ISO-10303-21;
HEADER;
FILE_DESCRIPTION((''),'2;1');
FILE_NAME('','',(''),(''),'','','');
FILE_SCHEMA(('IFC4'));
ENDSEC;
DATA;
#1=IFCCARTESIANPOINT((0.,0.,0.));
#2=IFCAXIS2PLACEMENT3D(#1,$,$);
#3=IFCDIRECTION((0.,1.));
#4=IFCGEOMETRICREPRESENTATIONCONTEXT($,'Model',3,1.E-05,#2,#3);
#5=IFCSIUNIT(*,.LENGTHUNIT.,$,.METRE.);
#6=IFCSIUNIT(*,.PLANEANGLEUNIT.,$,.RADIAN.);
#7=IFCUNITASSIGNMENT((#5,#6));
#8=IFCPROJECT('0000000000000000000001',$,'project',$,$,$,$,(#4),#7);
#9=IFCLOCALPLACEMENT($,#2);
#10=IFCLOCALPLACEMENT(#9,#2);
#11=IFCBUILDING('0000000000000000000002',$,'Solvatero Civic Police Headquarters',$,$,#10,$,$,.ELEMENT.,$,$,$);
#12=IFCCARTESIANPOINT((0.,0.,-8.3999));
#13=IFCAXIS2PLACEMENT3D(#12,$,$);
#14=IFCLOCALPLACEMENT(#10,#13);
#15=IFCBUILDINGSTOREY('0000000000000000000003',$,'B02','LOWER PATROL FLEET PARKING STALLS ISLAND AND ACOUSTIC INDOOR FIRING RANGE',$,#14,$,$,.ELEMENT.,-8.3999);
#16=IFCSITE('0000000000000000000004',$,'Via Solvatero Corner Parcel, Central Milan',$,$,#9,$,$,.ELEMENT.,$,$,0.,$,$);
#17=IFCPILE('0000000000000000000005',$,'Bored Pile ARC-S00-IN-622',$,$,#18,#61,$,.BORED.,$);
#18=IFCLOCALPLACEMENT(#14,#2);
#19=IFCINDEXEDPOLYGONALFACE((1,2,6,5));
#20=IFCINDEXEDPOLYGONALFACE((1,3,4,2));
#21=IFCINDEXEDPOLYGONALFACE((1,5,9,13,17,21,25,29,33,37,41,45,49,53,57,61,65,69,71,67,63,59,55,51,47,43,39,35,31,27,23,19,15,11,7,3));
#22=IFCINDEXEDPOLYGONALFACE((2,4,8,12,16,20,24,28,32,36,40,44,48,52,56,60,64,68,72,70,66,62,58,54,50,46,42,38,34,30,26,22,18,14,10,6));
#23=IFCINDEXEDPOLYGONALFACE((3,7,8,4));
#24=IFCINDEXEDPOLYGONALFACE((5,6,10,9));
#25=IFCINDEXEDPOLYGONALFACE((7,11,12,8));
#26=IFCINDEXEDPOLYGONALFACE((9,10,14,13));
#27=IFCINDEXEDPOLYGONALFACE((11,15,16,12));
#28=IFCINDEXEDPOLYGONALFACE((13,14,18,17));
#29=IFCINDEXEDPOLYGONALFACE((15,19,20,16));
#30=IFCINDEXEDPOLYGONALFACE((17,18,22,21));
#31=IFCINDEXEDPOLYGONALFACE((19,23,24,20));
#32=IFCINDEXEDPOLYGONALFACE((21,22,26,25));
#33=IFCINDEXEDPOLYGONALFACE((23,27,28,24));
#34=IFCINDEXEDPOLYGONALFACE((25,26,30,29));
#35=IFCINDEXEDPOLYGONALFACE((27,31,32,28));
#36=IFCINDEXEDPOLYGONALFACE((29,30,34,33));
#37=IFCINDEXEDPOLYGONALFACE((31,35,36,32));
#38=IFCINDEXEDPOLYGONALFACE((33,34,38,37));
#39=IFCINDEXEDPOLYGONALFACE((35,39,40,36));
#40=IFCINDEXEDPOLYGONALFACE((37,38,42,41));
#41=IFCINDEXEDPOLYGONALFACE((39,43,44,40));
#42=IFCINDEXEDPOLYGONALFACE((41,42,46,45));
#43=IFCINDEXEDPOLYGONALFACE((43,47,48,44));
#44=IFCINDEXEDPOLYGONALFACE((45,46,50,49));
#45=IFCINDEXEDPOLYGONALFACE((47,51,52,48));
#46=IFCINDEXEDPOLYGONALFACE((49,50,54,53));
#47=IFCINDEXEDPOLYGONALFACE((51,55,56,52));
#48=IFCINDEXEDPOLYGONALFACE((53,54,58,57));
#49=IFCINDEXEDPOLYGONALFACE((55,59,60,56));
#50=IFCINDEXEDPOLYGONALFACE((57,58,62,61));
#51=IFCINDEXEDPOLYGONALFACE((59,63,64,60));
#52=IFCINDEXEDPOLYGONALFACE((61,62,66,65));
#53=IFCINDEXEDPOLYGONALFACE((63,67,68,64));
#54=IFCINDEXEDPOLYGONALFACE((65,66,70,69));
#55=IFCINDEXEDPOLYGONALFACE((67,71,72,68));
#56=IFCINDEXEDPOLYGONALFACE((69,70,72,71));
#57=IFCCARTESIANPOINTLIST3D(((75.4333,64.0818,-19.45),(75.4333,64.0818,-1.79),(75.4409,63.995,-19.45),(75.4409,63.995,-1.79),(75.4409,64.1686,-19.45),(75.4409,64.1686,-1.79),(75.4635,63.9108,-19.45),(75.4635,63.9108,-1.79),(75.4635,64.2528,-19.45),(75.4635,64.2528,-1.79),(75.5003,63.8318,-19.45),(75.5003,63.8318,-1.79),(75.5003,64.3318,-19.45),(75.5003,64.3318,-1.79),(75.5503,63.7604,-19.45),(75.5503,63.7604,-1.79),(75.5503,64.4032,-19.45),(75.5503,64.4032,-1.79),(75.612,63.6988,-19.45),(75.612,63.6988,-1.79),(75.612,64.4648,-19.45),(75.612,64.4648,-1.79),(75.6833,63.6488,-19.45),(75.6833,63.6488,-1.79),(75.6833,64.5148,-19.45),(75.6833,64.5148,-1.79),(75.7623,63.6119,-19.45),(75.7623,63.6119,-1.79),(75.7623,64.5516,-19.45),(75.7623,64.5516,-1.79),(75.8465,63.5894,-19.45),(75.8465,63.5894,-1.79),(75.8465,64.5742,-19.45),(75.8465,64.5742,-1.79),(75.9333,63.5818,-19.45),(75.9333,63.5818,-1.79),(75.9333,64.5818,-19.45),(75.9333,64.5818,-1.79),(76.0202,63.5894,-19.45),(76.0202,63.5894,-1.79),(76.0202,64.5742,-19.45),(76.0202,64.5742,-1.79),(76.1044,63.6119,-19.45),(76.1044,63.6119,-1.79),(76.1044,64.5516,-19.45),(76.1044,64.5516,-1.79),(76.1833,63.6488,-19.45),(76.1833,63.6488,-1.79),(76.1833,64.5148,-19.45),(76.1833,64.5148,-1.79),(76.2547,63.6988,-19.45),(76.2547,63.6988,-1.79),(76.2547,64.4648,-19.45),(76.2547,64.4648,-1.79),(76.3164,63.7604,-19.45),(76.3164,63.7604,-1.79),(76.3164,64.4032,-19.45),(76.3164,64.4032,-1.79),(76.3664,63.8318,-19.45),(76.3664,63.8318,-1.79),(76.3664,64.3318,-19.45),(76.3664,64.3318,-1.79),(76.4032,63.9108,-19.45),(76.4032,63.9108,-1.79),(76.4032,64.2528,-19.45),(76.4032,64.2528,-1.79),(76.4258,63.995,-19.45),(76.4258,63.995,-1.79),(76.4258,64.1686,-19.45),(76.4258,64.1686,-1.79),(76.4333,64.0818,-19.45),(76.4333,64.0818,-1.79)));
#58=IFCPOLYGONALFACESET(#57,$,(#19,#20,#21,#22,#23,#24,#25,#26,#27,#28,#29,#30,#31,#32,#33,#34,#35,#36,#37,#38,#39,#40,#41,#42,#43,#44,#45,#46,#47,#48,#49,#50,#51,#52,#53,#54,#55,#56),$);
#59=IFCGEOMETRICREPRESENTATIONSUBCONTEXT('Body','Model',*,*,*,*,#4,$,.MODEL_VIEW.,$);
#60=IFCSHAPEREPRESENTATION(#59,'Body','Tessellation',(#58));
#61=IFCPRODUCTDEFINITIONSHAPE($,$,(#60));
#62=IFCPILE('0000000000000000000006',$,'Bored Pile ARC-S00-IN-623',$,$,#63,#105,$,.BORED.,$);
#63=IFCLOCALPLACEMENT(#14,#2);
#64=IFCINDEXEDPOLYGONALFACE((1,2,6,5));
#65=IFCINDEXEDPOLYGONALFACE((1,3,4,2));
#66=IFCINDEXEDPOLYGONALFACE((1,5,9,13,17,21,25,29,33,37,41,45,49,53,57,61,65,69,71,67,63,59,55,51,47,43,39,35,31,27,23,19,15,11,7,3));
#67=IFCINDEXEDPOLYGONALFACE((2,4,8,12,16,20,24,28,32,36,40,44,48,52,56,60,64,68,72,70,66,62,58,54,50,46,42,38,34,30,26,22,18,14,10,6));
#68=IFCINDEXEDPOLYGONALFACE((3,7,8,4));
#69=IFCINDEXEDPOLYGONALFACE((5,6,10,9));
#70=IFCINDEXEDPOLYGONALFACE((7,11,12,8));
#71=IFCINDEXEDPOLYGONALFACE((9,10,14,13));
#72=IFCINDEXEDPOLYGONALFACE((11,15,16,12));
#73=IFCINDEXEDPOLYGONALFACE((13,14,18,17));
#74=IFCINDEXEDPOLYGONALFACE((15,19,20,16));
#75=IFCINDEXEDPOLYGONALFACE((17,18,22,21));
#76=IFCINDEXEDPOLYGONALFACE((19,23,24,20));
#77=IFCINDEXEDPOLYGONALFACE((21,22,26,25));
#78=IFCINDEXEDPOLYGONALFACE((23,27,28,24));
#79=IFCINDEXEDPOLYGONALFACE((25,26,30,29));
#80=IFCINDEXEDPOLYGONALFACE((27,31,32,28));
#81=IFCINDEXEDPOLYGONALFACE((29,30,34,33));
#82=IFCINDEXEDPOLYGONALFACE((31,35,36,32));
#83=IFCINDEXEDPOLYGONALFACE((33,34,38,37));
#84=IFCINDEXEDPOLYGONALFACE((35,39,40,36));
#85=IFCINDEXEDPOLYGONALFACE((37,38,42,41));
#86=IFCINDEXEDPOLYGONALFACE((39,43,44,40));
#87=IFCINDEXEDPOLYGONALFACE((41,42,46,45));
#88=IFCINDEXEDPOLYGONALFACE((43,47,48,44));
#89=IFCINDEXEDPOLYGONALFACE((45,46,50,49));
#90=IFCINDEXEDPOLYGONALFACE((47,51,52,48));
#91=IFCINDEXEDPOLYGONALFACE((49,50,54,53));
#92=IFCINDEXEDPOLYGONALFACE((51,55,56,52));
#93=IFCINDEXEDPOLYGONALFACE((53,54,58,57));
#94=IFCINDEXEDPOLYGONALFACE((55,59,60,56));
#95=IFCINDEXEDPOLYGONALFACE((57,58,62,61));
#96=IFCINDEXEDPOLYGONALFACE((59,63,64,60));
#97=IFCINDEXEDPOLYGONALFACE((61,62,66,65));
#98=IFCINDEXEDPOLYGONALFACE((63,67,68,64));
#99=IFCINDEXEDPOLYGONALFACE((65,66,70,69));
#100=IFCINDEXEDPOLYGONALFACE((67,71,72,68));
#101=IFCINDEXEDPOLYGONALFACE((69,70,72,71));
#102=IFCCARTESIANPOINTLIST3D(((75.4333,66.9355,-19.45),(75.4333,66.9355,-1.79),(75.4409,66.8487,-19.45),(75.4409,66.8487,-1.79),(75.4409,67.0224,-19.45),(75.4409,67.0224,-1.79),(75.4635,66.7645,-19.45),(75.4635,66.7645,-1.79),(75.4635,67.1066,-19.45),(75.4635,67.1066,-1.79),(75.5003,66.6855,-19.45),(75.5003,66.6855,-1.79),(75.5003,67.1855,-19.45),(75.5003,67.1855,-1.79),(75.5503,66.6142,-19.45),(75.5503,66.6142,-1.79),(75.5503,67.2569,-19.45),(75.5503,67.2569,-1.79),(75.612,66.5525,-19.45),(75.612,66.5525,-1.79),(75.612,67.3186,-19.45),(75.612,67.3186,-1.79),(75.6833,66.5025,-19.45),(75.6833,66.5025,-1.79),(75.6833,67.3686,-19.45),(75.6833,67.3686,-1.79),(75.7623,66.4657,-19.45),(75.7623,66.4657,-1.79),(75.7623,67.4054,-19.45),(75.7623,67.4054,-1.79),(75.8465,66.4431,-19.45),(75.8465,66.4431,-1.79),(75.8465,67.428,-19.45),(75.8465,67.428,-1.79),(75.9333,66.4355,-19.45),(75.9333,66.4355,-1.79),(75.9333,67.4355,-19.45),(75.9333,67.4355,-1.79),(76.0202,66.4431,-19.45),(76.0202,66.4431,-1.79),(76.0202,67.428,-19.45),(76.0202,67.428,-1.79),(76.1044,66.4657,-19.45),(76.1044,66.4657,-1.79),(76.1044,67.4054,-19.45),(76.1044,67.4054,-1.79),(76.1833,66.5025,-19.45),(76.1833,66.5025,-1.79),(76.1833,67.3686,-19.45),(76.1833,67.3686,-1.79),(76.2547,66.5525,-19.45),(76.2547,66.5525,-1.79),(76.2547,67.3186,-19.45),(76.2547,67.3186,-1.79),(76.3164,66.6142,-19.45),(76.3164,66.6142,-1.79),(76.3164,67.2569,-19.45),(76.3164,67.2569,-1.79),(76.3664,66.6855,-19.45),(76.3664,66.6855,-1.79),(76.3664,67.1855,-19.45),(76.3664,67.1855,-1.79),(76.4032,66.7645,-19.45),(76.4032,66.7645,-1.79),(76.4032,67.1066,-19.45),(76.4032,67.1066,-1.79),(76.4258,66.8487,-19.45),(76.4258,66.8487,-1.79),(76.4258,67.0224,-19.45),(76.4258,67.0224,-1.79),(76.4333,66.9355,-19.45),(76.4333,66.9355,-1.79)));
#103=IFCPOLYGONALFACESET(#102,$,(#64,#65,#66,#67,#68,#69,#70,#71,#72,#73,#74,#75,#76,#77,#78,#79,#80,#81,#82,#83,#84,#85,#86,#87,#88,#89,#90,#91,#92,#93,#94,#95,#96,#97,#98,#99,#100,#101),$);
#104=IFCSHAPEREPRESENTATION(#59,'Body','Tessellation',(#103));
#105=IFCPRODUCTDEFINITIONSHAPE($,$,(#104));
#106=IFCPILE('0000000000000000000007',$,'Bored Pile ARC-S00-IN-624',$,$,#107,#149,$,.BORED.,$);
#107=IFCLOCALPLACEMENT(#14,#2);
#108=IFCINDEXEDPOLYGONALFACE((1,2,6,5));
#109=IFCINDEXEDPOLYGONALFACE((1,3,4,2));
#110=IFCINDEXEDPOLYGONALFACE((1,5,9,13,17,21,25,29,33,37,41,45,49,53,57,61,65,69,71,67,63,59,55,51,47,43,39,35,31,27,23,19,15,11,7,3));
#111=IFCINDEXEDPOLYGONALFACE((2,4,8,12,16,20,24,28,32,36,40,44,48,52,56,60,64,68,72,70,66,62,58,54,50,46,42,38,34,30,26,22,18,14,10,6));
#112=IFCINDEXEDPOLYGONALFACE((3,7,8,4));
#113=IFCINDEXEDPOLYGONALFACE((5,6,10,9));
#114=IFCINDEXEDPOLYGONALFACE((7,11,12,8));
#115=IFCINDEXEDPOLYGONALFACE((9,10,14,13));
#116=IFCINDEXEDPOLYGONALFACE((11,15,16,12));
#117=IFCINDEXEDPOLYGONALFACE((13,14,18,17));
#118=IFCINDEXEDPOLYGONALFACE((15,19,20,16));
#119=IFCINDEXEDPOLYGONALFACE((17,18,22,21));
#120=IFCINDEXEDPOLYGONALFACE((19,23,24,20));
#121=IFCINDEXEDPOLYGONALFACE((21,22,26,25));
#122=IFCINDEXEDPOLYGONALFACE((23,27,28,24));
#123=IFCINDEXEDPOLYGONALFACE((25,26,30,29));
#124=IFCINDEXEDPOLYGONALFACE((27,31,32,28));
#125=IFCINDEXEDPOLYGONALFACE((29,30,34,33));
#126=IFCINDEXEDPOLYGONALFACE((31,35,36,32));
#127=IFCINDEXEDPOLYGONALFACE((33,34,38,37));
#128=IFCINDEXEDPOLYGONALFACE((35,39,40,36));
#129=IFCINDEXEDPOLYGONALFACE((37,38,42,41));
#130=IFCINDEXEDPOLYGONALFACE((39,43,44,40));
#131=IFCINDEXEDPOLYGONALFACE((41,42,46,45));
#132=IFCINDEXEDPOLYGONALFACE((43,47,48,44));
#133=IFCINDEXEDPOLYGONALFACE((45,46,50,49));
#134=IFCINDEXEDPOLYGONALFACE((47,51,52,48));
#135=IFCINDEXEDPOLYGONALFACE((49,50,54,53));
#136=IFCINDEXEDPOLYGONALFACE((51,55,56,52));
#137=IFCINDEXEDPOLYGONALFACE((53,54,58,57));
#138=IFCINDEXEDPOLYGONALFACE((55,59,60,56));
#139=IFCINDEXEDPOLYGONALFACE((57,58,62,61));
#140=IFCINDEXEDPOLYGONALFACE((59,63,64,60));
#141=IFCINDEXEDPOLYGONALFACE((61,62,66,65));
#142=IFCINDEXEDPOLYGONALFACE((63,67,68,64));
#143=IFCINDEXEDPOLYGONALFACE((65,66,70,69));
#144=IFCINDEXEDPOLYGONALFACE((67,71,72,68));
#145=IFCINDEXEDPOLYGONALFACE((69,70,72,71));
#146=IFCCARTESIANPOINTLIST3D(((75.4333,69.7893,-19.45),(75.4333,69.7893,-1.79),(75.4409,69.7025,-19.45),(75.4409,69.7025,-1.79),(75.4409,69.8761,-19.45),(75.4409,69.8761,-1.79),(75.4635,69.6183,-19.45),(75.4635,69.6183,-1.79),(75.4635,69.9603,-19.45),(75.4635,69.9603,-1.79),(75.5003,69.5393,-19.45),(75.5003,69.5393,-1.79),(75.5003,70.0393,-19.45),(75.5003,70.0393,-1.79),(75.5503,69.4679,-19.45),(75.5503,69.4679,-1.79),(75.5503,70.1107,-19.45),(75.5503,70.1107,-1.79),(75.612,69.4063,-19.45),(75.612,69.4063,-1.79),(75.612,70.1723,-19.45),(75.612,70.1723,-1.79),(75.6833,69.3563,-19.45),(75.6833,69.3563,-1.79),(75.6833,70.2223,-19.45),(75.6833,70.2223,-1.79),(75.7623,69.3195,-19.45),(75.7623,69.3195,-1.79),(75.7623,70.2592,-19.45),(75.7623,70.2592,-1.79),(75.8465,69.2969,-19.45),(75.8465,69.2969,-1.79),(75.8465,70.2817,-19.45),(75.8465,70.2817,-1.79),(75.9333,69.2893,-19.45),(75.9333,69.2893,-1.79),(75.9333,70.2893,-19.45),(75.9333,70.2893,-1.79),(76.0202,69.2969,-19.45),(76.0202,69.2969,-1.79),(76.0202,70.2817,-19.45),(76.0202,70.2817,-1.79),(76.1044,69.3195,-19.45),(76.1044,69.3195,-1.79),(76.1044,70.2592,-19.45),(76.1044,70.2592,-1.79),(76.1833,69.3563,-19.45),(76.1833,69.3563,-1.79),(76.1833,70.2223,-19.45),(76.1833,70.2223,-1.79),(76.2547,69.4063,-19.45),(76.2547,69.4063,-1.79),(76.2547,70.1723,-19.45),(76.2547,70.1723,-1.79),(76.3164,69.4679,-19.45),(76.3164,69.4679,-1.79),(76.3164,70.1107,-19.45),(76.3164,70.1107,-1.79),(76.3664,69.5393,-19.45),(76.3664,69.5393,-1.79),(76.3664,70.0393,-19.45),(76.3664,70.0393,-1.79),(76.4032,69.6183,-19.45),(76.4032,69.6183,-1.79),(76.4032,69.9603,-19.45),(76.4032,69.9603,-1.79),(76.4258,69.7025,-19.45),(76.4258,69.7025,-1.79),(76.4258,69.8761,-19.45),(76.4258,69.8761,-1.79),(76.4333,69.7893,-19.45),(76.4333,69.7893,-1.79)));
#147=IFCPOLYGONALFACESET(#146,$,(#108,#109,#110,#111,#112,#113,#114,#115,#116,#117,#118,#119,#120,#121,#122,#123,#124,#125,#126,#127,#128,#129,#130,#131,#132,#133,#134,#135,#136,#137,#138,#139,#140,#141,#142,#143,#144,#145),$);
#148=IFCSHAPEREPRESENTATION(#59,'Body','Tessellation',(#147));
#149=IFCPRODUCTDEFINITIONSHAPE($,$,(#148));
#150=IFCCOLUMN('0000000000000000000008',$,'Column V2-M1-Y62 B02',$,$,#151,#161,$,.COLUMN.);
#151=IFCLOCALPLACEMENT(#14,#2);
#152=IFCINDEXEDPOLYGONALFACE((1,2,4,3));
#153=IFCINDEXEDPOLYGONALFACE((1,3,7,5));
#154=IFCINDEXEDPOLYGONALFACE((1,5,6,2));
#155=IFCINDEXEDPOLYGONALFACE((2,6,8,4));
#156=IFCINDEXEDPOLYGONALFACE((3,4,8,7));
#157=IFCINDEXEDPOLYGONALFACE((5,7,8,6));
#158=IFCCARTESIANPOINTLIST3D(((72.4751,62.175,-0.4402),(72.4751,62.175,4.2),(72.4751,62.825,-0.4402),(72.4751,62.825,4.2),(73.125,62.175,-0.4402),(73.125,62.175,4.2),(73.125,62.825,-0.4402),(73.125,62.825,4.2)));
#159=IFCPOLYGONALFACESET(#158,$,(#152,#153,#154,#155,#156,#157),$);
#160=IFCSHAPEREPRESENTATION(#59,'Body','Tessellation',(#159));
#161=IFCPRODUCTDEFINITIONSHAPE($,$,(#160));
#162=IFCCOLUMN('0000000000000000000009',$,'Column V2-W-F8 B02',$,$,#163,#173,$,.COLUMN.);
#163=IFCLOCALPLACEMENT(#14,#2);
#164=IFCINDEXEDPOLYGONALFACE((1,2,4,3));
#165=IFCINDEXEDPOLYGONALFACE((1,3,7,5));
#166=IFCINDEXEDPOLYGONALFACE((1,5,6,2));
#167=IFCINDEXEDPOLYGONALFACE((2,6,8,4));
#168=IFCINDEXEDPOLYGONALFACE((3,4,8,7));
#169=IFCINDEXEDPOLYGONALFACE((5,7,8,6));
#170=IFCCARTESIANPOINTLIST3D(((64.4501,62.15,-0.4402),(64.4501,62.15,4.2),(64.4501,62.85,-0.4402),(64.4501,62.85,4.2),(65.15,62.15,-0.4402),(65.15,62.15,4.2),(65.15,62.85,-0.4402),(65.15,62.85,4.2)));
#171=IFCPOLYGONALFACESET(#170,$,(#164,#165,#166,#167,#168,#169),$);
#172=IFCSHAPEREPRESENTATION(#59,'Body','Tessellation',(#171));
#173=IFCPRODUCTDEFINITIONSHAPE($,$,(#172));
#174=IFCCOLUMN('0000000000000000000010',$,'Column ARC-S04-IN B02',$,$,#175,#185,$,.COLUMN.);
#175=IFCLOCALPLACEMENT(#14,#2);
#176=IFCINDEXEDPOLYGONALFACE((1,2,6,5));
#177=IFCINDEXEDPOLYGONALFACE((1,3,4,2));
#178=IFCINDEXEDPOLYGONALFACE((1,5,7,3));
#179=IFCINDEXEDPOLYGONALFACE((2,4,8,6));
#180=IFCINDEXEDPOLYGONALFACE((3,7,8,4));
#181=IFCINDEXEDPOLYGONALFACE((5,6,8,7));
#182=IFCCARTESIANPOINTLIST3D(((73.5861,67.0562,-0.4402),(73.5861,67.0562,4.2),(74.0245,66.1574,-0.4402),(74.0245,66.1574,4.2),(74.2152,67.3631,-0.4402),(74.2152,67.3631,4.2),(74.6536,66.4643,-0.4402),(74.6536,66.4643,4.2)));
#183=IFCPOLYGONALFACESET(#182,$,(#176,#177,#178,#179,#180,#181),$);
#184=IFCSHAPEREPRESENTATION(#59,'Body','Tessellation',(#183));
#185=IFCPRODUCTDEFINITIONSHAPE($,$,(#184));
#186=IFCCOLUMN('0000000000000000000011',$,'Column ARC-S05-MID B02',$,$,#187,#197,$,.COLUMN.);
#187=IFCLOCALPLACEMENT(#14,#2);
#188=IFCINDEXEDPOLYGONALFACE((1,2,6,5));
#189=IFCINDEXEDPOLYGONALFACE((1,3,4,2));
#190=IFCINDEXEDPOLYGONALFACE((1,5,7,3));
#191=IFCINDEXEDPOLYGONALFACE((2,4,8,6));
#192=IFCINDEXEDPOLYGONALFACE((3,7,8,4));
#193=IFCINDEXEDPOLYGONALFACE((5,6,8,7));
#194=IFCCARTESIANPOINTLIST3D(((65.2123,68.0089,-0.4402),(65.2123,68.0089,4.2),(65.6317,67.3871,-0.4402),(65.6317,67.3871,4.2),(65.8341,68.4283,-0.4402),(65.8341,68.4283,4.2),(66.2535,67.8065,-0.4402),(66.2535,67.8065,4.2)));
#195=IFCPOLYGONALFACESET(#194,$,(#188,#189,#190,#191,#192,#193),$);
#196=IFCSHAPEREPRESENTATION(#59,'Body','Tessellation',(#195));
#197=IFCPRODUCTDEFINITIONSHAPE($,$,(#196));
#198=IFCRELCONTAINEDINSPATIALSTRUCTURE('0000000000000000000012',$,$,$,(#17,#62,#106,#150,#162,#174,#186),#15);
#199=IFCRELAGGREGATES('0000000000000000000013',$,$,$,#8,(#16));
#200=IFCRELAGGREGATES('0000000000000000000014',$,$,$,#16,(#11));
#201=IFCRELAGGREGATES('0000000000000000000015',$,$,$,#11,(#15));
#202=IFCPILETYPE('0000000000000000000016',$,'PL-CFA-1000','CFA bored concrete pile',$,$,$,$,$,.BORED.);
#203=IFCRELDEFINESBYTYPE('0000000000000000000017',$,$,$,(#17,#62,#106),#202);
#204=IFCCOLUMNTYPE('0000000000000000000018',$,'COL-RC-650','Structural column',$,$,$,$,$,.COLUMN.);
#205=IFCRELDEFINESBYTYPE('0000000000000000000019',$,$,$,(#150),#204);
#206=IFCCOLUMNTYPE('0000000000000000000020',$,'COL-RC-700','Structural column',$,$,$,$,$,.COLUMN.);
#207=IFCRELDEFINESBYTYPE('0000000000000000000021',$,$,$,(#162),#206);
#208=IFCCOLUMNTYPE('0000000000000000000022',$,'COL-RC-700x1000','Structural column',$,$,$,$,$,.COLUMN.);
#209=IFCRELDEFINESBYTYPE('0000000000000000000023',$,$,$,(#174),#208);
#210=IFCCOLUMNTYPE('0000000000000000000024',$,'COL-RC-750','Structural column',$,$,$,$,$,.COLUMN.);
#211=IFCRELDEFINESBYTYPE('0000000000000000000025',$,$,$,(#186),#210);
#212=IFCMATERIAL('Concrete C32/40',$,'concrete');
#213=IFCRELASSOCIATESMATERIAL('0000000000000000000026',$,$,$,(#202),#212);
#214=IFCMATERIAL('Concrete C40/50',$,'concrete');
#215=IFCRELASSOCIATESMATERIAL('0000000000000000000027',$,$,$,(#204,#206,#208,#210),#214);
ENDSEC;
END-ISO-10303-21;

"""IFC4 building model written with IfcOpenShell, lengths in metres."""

from ifc_helpers import new_model, si_unit, direction, frame, origin, origin_2d, place, context, subcontext, project, spatial, rectangle, circle, extrude, material, material_profile, profile_set, type_object, element, save


model = new_model("IFC4")

# Units and contexts
model_context = context("Model", 3, precision=1e-05, world=origin(), true_north=direction((0.0, 1.0)))
body_context = subcontext(model_context, "Body", "Model", "MODEL_VIEW")
ifc_project = project(units=[si_unit("LENGTHUNIT", "METRE"), si_unit("PLANEANGLEUNIT", "RADIAN")], contexts=[model_context])

# Site, building, storey
site_placement = place(None, origin())
site = spatial("IfcSite", under=ifc_project, at=site_placement, Name="Via Solvatero Corner Parcel, Central Milan", CompositionType="ELEMENT", RefElevation=0.0)
building_placement = place(site_placement, origin())
building = spatial("IfcBuilding", under=site, at=building_placement, Name="Solvatero Civic Police Headquarters", CompositionType="ELEMENT")
storey_placement = place(building_placement, frame((0.0, 0.0, -8.3999)))
storey = spatial("IfcBuildingStorey", under=building, at=storey_placement, Name="B02", Description="LOWER PATROL FLEET PARKING STALLS ISLAND AND ACOUSTIC INDOOR FIRING RANGE", CompositionType="ELEMENT", Elevation=-8.3999)

# Piles
ifc_material_1 = material(Name="Concrete C32/40", Category="concrete")
ifc_material_profile_1 = material_profile(ifc_material_1, circle(Radius=0.5, at=origin_2d()), Name="CFA PILE D1000")
ifc_profile_set_1 = profile_set([ifc_material_profile_1], Name="Concrete C32/40")
pile_type = type_object("IfcPileType", Name="PL-CFA-1000", Description="CFA bored concrete pile", PredefinedType="BORED", material=ifc_profile_set_1)
for number, where, z_axis, x_axis, name in (
    (1, (75.9333, 64.0818, -1.79), (0.0, 0.0, -1.0), (1.0, 0.0, 0.0), "Bored Pile ARC-S00-IN-622"),
    (2, (75.9333, 66.9355, -1.79), (0.0, 0.0, -1.0), (1.0, 0.0, 0.0), "Bored Pile ARC-S00-IN-623"),
    (3, (75.9333, 69.7893, -1.79), (0.0, 0.0, -1.0), (1.0, 0.0, 0.0), "Bored Pile ARC-S00-IN-624"),
):
    element("IfcPile", number, at=place(storey_placement, frame(where, z_axis=z_axis, x_axis=x_axis)), inside=storey, type_object=pile_type, Name=name, PredefinedType="BORED", context=body_context, shape_type="SweptSolid", body=[
        extrude(circle(Radius=0.5, at=origin_2d()), origin(), (0.0, 0.0, 1.0), 17.6599),
    ])

# Columns
ifc_material_2 = material(Name="Concrete C40/50", Category="concrete")
ifc_material_profile_2 = material_profile(ifc_material_2, rectangle(XDim=0.6499, YDim=0.6499, at=origin_2d()), Name="RC 650x650")
ifc_profile_set_2 = profile_set([ifc_material_profile_2], Name="Concrete C40/50")
column_type_1 = type_object("IfcColumnType", Name="COL-RC-650", Description="Structural column", PredefinedType="COLUMN", material=ifc_profile_set_2)
column_1_placement = place(storey_placement, frame((72.8, 62.5, -0.4402), z_axis=(0.0, 0.0, 1.0), x_axis=(1.0, 0.0, 0.0)))
element("IfcColumn", 4, at=column_1_placement, inside=storey, type_object=column_type_1, Name="Column V2-M1-Y62 B02", PredefinedType="COLUMN", context=body_context, shape_type="SweptSolid", body=[
    extrude(rectangle(XDim=0.6499, YDim=0.6499, at=origin_2d()), origin(), (0.0, 0.0, 1.0), 4.6401),
])
ifc_material_profile_3 = material_profile(ifc_material_2, rectangle(XDim=0.7, YDim=0.7, at=origin_2d()), Name="RC 700x700")
ifc_profile_set_3 = profile_set([ifc_material_profile_3], Name="Concrete C40/50")
column_type_2 = type_object("IfcColumnType", Name="COL-RC-700", Description="Structural column", PredefinedType="COLUMN", material=ifc_profile_set_3)
column_2_placement = place(storey_placement, frame((64.8, 62.5, -0.4402), z_axis=(0.0, 0.0, 1.0), x_axis=(1.0, 0.0, 0.0)))
element("IfcColumn", 5, at=column_2_placement, inside=storey, type_object=column_type_2, Name="Column V2-W-F8 B02", PredefinedType="COLUMN", context=body_context, shape_type="SweptSolid", body=[
    extrude(rectangle(XDim=0.7, YDim=0.7, at=origin_2d()), origin(), (0.0, 0.0, 1.0), 4.6401),
])
ifc_material_profile_4 = material_profile(ifc_material_2, rectangle(XDim=0.7, YDim=1.0, at=origin_2d()), Name="RC 700x1000")
ifc_profile_set_4 = profile_set([ifc_material_profile_4], Name="Concrete C40/50")
column_type_3 = type_object("IfcColumnType", Name="COL-RC-700x1000", Description="Structural column", PredefinedType="COLUMN", material=ifc_profile_set_4)
column_3_placement = place(storey_placement, frame((74.1199, 66.7603, -0.4402), z_axis=(0.0, 0.0, 1.0), x_axis=(0.898794, 0.438371, 0.0)))
element("IfcColumn", 6, at=column_3_placement, inside=storey, type_object=column_type_3, Name="Column ARC-S04-IN B02", PredefinedType="COLUMN", context=body_context, shape_type="SweptSolid", body=[
    extrude(rectangle(XDim=0.7, YDim=1.0, at=origin_2d()), origin(), (0.0, 0.0, 1.0), 4.6401),
])
ifc_material_profile_5 = material_profile(ifc_material_2, rectangle(XDim=0.75, YDim=0.75, at=origin_2d()), Name="RC 750x750")
ifc_profile_set_5 = profile_set([ifc_material_profile_5], Name="Concrete C40/50")
column_type_4 = type_object("IfcColumnType", Name="COL-RC-750", Description="Structural column", PredefinedType="COLUMN", material=ifc_profile_set_5)
column_4_placement = place(storey_placement, frame((65.7329, 67.9077, -0.4402), z_axis=(0.0, 0.0, 1.0), x_axis=(0.829038, 0.559193, 0.0)))
element("IfcColumn", 7, at=column_4_placement, inside=storey, type_object=column_type_4, Name="Column ARC-S05-MID B02", PredefinedType="COLUMN", context=body_context, shape_type="SweptSolid", body=[
    extrude(rectangle(XDim=0.75, YDim=0.75, at=origin_2d()), origin(), (0.0, 0.0, 1.0), 4.6401),
])

save(model, "model.ifc")
